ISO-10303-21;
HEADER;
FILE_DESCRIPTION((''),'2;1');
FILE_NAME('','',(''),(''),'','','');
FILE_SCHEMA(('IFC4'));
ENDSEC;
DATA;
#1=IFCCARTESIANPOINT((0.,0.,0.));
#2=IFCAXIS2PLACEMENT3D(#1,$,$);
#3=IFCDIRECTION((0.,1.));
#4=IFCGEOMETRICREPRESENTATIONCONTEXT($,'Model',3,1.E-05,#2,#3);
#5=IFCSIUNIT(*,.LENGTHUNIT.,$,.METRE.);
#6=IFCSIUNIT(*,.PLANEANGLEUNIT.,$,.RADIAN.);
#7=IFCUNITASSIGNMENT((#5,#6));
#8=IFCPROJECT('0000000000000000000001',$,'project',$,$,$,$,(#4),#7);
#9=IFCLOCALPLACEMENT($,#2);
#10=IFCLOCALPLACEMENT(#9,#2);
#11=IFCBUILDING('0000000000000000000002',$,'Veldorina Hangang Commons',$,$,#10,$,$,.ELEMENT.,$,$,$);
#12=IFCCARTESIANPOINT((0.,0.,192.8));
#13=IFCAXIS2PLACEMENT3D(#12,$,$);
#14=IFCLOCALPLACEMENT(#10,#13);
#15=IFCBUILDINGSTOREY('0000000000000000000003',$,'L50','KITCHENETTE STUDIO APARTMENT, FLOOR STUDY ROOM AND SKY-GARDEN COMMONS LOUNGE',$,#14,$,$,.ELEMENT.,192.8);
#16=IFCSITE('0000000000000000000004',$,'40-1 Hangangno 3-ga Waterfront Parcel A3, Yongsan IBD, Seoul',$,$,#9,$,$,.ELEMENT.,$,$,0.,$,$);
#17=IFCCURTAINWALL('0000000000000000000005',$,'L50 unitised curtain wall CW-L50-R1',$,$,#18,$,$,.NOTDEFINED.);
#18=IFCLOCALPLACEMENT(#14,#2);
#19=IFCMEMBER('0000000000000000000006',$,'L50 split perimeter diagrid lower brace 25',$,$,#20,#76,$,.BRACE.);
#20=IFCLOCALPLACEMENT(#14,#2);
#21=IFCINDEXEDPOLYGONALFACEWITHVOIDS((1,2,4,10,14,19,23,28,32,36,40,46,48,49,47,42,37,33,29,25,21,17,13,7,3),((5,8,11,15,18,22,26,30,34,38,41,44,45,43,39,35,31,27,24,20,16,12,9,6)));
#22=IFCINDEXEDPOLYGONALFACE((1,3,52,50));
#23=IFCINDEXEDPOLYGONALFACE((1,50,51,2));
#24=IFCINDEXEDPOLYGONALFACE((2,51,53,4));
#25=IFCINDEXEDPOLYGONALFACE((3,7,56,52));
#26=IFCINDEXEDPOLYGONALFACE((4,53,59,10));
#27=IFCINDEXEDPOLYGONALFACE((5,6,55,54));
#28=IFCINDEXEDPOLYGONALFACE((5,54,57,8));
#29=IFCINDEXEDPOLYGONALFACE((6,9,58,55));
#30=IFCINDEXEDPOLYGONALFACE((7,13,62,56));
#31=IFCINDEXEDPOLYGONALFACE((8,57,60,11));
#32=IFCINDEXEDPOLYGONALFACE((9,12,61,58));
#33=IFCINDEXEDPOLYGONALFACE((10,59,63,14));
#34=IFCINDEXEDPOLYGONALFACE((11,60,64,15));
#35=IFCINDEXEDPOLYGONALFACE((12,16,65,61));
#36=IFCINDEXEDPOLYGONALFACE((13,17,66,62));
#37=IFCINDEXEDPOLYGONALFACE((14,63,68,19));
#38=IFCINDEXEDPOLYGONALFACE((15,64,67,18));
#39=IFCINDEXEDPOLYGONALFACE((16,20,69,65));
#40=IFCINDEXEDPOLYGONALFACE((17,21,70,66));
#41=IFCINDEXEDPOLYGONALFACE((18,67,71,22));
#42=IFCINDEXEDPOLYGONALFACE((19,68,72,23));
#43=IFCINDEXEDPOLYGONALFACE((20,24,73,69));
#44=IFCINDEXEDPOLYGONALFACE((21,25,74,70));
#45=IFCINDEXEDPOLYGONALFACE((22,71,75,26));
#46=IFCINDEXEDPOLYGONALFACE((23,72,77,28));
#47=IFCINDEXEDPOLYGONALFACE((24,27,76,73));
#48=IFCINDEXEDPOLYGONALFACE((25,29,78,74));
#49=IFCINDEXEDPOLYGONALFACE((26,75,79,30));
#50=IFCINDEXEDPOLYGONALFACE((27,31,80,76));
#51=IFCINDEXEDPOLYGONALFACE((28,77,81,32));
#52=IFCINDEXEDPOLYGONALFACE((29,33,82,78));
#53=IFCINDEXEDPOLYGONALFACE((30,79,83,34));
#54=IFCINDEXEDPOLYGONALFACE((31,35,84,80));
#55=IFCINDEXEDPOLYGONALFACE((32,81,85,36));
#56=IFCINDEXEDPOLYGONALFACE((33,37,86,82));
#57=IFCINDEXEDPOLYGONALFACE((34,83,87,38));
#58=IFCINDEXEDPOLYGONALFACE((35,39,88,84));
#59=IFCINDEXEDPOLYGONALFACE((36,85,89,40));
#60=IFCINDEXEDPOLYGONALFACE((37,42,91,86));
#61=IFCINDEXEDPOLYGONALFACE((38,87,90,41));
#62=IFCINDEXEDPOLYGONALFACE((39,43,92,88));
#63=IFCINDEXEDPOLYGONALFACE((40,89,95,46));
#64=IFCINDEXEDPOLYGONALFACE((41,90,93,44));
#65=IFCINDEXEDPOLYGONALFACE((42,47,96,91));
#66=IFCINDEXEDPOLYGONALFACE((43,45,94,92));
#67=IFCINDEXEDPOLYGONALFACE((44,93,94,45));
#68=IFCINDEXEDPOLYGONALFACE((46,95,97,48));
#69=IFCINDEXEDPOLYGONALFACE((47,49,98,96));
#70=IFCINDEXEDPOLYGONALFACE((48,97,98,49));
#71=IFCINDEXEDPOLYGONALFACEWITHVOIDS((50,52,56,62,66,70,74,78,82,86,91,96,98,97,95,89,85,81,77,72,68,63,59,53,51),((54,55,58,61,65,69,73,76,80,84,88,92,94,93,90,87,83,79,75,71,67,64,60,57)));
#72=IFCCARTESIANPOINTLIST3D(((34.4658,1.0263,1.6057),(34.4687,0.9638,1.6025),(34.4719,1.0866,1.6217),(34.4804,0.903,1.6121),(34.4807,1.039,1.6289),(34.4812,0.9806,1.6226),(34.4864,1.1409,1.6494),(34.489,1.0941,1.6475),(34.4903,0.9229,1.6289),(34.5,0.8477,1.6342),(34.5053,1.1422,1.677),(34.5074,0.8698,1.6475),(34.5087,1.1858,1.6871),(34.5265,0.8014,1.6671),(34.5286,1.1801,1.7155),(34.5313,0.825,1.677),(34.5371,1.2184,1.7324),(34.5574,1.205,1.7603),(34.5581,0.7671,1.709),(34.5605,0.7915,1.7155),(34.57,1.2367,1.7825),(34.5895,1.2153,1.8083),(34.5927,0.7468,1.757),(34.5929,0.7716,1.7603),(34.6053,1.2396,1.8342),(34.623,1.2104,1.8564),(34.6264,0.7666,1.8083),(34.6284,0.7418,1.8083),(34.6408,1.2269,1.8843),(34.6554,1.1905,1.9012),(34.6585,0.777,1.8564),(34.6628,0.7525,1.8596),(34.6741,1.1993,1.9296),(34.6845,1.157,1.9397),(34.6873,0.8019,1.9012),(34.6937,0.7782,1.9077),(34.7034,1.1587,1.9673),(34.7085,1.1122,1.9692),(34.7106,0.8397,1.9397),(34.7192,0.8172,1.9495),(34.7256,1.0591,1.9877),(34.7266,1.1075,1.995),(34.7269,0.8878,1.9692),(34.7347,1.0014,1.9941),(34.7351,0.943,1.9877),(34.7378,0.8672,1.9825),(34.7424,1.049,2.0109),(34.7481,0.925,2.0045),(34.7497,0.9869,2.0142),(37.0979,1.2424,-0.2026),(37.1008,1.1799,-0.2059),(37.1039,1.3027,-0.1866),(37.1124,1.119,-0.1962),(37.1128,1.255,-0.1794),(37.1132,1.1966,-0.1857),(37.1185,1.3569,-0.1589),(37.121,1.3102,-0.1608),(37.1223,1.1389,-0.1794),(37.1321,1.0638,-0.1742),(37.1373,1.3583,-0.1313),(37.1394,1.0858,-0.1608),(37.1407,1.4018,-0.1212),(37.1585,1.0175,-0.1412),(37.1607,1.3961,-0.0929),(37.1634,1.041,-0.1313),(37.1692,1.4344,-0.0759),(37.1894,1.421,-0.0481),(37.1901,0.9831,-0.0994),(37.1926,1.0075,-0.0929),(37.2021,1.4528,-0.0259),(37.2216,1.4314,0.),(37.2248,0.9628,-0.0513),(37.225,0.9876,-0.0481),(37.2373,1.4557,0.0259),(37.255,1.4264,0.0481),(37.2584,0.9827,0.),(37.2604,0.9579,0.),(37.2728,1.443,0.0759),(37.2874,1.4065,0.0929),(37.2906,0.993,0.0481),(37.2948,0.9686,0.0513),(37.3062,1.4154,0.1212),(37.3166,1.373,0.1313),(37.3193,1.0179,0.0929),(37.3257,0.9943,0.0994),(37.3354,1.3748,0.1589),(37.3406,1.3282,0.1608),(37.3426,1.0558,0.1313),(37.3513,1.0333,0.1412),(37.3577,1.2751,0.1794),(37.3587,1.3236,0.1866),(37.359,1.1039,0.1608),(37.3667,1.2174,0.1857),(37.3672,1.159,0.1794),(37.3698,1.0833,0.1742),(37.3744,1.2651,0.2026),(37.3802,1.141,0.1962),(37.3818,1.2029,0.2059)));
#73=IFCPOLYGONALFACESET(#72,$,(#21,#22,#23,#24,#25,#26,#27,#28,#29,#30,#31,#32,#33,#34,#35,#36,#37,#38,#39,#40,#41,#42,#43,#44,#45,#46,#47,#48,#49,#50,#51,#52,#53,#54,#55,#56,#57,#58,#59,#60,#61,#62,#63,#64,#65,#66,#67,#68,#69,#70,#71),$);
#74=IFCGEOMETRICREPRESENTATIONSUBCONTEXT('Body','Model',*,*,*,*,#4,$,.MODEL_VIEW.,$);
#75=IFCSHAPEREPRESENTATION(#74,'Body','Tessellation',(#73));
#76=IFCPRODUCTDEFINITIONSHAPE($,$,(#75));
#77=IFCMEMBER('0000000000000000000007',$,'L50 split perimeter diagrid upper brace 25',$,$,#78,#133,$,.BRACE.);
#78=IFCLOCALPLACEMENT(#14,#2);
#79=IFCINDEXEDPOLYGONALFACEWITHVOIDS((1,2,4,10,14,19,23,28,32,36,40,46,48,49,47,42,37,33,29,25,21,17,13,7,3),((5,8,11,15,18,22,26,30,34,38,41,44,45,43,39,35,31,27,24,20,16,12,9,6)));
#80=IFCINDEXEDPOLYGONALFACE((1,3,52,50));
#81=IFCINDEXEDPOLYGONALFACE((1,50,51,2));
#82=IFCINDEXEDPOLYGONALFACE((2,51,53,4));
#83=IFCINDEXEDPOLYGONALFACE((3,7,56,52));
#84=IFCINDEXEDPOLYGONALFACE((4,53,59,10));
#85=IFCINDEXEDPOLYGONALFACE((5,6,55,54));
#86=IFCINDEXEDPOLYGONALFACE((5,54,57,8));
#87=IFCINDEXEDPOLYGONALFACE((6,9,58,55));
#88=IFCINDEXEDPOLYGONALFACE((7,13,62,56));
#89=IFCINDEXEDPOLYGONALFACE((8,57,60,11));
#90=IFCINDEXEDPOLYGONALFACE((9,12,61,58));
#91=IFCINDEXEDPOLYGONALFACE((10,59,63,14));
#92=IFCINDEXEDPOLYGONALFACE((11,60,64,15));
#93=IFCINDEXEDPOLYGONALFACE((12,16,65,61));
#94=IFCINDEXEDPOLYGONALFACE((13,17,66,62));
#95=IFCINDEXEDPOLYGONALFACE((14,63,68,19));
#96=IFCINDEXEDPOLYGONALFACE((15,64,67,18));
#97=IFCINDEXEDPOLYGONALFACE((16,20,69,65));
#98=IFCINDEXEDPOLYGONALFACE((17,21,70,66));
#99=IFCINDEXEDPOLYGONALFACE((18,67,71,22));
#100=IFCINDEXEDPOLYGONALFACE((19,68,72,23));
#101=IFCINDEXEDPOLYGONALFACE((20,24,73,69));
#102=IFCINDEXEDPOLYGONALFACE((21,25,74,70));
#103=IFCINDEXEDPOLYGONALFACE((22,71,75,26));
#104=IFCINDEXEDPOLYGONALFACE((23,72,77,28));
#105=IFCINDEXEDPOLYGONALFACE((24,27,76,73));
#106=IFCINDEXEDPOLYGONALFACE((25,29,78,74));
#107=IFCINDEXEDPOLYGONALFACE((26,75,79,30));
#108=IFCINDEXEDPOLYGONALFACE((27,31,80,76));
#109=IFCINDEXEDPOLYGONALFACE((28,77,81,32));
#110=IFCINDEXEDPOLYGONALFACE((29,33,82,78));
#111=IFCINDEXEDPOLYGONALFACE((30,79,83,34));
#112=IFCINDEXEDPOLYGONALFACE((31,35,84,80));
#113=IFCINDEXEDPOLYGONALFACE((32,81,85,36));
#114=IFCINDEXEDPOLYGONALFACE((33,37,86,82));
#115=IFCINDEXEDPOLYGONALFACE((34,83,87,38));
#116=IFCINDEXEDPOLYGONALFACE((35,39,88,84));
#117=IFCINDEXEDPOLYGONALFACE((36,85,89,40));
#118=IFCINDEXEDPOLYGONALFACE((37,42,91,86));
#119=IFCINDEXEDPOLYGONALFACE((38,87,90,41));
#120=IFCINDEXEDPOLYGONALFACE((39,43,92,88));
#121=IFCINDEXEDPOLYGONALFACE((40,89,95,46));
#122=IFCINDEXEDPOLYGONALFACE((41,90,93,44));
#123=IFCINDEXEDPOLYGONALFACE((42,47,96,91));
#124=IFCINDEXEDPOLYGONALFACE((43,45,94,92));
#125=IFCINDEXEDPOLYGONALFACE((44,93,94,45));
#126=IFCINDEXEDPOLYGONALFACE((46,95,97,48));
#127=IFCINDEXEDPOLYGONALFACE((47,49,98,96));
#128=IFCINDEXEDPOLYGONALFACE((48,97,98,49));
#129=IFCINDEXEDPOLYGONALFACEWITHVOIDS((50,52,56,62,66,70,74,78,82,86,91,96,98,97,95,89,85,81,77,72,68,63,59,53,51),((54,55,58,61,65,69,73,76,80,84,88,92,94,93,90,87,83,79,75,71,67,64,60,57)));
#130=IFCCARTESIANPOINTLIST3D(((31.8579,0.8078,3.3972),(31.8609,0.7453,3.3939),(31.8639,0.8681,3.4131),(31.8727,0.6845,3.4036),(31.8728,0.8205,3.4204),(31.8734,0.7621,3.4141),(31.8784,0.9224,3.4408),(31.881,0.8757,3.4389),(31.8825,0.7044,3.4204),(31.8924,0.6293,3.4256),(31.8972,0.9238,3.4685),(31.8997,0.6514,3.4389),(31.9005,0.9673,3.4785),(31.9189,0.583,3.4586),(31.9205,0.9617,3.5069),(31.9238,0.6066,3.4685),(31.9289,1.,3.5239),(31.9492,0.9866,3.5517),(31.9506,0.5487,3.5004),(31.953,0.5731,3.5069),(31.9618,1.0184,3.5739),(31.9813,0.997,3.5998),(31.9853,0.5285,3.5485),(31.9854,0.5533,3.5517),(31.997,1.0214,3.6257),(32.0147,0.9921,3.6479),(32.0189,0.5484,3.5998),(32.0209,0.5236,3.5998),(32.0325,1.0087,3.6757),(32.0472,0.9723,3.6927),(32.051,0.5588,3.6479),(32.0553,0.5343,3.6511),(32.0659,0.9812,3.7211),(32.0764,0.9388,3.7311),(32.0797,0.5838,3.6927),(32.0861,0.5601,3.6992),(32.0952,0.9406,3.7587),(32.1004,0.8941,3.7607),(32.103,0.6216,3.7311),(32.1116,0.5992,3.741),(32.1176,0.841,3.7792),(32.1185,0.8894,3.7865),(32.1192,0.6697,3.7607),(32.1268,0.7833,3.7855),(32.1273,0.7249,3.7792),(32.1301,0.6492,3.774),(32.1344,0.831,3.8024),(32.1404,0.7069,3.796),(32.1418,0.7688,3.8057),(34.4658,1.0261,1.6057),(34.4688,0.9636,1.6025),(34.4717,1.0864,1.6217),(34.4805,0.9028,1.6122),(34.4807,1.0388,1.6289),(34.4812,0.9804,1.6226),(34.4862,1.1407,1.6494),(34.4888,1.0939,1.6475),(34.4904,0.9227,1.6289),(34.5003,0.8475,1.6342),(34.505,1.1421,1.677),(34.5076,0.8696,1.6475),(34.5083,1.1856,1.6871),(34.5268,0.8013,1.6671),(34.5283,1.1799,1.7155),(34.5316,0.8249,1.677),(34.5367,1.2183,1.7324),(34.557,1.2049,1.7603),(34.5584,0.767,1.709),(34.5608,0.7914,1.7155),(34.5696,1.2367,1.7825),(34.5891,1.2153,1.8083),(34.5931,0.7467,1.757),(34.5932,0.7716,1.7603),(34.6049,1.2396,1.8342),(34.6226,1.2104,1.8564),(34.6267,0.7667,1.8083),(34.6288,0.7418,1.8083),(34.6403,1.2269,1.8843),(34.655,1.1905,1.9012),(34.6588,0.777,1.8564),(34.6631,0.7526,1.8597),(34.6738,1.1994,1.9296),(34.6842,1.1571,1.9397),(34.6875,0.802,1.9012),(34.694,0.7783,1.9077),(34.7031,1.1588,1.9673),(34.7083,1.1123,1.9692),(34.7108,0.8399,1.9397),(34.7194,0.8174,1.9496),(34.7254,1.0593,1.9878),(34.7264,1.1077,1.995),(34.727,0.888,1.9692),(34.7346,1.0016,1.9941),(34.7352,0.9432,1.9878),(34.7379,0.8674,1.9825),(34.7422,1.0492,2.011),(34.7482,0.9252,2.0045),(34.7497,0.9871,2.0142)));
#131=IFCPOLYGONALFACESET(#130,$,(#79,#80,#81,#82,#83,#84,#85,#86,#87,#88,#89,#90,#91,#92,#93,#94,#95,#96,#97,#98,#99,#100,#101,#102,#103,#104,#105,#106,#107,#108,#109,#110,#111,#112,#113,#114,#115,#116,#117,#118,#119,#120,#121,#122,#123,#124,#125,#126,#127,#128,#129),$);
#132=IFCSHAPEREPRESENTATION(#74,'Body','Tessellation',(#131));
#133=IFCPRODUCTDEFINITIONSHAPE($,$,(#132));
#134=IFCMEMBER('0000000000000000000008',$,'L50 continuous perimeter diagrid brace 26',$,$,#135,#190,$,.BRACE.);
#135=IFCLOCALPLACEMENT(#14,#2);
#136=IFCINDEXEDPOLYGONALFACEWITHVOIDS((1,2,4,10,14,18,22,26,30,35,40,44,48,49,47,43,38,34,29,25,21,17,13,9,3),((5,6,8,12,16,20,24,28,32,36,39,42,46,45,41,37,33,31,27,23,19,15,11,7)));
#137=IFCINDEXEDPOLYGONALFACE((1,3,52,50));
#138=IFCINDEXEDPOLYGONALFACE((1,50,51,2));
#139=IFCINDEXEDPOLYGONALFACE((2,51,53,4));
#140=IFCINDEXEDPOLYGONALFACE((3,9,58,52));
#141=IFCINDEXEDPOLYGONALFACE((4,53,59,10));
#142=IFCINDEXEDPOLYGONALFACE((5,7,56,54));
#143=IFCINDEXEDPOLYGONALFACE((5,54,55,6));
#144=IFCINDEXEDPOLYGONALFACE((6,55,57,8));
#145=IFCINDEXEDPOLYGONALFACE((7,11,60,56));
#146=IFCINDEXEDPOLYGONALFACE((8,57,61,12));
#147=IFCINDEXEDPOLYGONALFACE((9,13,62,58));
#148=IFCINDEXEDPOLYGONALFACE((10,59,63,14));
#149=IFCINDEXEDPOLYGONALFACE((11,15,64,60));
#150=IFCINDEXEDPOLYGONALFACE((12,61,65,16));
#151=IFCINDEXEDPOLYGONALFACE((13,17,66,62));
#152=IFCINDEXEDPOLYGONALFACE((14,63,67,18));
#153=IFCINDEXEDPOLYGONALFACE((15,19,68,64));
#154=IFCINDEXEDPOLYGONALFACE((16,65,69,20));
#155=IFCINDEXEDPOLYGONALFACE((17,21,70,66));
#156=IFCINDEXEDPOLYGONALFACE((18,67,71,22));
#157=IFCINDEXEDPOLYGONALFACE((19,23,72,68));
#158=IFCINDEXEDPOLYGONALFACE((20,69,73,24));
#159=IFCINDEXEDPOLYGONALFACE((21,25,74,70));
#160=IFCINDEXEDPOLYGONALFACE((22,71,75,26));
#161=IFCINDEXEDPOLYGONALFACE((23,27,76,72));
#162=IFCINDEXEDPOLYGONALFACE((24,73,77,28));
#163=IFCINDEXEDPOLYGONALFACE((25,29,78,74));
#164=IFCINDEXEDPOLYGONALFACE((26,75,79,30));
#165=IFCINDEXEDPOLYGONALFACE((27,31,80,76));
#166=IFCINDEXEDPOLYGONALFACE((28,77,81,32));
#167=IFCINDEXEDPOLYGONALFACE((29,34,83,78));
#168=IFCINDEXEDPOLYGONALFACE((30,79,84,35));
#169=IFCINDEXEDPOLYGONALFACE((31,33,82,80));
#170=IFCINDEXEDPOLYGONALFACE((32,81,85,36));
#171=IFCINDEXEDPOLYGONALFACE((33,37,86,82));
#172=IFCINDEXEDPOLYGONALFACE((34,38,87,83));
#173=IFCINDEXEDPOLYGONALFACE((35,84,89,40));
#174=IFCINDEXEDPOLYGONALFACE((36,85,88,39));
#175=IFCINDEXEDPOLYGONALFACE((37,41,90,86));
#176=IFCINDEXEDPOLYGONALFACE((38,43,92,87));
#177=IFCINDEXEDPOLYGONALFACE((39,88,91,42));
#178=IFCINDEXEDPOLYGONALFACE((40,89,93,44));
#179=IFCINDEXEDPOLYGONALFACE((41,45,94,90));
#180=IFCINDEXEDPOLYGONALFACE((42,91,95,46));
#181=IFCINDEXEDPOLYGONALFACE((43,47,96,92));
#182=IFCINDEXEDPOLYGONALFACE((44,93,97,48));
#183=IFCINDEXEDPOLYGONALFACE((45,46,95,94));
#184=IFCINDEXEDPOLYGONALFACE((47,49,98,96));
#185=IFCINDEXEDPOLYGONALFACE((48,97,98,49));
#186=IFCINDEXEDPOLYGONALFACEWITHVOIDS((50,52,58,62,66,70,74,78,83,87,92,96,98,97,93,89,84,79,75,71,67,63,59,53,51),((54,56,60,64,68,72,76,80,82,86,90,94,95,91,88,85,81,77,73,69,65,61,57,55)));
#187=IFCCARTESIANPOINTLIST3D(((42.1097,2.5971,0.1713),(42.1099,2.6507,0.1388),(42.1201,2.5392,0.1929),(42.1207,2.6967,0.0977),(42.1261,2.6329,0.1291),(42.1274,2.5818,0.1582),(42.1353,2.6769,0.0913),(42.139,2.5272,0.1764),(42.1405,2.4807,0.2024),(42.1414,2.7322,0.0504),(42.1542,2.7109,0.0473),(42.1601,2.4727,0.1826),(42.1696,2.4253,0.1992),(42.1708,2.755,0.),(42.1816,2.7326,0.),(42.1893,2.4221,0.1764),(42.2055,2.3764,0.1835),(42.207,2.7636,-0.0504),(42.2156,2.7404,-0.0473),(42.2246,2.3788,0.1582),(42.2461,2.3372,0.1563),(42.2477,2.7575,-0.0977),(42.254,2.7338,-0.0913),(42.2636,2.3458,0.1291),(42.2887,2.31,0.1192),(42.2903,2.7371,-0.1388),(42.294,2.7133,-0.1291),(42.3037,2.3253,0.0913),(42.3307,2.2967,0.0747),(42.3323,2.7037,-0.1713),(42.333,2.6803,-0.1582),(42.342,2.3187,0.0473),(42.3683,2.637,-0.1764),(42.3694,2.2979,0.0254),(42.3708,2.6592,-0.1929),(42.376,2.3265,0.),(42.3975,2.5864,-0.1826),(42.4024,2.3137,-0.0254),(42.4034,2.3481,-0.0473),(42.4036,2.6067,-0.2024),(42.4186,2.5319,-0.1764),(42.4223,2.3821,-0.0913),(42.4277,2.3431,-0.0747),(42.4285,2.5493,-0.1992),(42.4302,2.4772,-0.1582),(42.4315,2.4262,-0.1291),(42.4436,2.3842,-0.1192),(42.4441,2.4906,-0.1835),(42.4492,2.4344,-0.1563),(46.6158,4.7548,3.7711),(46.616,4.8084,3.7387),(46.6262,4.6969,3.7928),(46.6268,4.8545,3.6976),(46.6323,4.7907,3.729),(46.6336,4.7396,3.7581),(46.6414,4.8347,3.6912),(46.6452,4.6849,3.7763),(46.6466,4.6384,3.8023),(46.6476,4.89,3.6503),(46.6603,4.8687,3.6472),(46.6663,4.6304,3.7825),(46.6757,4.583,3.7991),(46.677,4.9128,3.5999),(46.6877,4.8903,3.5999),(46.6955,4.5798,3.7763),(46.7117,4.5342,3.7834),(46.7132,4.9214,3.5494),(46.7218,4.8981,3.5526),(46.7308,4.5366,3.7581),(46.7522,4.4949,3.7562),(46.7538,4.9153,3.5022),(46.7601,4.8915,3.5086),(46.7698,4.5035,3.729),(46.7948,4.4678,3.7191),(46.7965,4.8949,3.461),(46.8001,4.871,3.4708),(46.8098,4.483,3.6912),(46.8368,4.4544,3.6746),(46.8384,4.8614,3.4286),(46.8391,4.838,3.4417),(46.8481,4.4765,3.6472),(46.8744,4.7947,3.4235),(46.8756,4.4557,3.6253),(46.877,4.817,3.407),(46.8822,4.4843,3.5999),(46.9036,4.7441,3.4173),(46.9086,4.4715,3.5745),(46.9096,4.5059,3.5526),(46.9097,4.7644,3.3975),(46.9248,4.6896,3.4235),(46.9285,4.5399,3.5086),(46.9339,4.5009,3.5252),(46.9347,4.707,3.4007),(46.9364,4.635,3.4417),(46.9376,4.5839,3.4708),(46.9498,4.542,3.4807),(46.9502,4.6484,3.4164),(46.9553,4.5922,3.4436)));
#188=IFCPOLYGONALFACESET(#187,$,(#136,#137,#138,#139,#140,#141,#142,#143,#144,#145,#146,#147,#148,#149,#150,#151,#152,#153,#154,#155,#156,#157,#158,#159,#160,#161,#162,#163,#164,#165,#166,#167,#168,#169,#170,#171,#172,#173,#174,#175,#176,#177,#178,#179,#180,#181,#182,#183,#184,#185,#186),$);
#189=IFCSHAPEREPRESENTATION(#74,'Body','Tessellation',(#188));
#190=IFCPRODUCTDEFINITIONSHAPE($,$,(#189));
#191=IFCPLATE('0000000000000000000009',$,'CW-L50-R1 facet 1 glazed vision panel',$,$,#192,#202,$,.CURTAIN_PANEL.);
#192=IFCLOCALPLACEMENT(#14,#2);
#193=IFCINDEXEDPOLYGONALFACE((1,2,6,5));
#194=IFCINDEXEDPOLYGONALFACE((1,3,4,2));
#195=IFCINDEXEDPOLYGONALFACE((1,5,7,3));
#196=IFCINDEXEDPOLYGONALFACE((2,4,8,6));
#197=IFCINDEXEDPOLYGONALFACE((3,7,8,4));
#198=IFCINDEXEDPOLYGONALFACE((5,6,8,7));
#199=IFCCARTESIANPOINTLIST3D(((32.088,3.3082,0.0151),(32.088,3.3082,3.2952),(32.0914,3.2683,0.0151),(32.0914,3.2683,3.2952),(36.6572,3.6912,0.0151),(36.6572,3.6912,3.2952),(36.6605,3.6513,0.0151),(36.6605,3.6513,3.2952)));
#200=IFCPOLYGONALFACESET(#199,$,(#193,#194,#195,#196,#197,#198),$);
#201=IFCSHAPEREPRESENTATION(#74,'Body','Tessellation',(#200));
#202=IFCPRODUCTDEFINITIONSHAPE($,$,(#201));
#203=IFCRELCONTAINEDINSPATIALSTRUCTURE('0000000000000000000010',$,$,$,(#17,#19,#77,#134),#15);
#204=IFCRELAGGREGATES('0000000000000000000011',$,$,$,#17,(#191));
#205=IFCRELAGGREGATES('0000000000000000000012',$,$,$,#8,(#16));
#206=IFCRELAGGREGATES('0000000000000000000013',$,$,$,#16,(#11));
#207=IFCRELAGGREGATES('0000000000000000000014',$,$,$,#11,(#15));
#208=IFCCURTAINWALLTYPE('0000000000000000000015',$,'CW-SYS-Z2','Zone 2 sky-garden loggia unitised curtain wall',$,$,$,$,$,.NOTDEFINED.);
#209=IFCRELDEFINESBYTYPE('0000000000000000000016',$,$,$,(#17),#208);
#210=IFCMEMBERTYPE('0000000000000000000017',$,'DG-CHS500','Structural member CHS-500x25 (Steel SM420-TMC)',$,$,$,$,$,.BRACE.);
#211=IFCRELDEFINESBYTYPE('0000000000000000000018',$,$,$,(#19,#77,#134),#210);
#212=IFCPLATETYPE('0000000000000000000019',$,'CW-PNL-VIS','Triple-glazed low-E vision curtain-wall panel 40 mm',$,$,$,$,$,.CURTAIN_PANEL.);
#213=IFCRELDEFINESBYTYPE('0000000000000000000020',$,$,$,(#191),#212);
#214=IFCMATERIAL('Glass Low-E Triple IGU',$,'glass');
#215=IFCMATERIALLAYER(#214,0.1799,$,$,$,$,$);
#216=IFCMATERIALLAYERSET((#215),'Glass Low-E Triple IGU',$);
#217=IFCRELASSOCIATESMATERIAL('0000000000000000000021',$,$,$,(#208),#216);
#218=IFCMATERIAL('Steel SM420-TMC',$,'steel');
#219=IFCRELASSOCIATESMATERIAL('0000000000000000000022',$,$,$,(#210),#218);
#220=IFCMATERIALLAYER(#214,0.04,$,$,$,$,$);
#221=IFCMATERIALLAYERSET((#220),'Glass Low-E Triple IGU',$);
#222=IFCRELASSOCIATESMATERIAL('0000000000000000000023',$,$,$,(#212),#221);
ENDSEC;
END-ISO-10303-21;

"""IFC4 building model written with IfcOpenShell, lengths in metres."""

from ifc_helpers import new_model, si_unit, direction, frame, origin, origin_2d, place, context, subcontext, project, spatial, rectangle, hollow_circle, extrude, material, layer, layer_set, material_profile, profile_set, type_object, element, aggregate, save


model = new_model("IFC4")

# Units and contexts
model_context = context("Model", 3, precision=1e-05, world=origin(), true_north=direction((0.0, 1.0)))
body_context = subcontext(model_context, "Body", "Model", "MODEL_VIEW")
ifc_project = project(units=[si_unit("LENGTHUNIT", "METRE"), si_unit("PLANEANGLEUNIT", "RADIAN")], contexts=[model_context])

# Site, building, storey
site_placement = place(None, origin())
site = spatial("IfcSite", under=ifc_project, at=site_placement, Name="40-1 Hangangno 3-ga Waterfront Parcel A3, Yongsan IBD, Seoul", CompositionType="ELEMENT", RefElevation=0.0)
building_placement = place(site_placement, origin())
building = spatial("IfcBuilding", under=site, at=building_placement, Name="Veldorina Hangang Commons", CompositionType="ELEMENT")
storey_placement = place(building_placement, frame((0.0, 0.0, 192.8)))
storey = spatial("IfcBuildingStorey", under=building, at=storey_placement, Name="L50", Description="KITCHENETTE STUDIO APARTMENT, FLOOR STUDY ROOM AND SKY-GARDEN COMMONS LOUNGE", CompositionType="ELEMENT", Elevation=192.8)

# Shared definitions
ifc_material_1 = material(Name="Steel SM420-TMC", Category="steel")

# Curtain wall
ifc_material_2 = material(Name="Glass Low-E Triple IGU", Category="glass")
ifc_layer_1 = layer(ifc_material_2, 0.1799)
ifc_layer_set_1 = layer_set([ifc_layer_1], Name="Glass Low-E Triple IGU")
curtain_wall_type = type_object("IfcCurtainWallType", Name="CW-SYS-Z2", Description="Zone 2 sky-garden loggia unitised curtain wall", PredefinedType="NOTDEFINED", material=ifc_layer_set_1)
curtain_wall_placement = place(storey_placement, origin())
curtain_wall = element("IfcCurtainWall", 1, at=curtain_wall_placement, inside=storey, type_object=curtain_wall_type, Name="L50 unitised curtain wall CW-L50-R1", PredefinedType="NOTDEFINED")

# Members
ifc_material_profile_1 = material_profile(ifc_material_1, hollow_circle(Radius=0.25, WallThickness=0.0249, at=origin_2d()), Name="CHS-500x25")
ifc_profile_set_1 = profile_set([ifc_material_profile_1], Name="Steel SM420-TMC")
member_type_1 = type_object("IfcMemberType", Name="DG-CHS500", Description="Structural member CHS-500x25 (Steel SM420-TMC)", PredefinedType="BRACE", material=ifc_profile_set_1)
member_1_placement = place(storey_placement, frame((37.24, 1.207, 0.0), z_axis=(-0.822338, -0.067505, 0.564981), x_axis=(0.081814, -0.996648, 0.0)))
element("IfcMember", 2, at=member_1_placement, inside=storey, type_object=member_type_1, Name="L50 split perimeter diagrid lower brace 25", PredefinedType="BRACE", context=body_context, shape_type="SweptSolid", body=[
    extrude(hollow_circle(Radius=0.25, WallThickness=0.0249, at=origin_2d()), origin(), (0.0, 0.0, 1.0), 3.2007),
])
member_2_placement = place(storey_placement, frame((34.6079, 0.991, 1.8083), z_axis=(-0.822299, -0.06882, 0.564878), x_axis=(0.083401, -0.996516, 0.0)))
element("IfcMember", 3, at=member_2_placement, inside=storey, type_object=member_type_1, Name="L50 split perimeter diagrid upper brace 25", PredefinedType="BRACE", context=body_context, shape_type="SweptSolid", body=[
    extrude(hollow_circle(Radius=0.25, WallThickness=0.0249, at=origin_2d()), origin(), (0.0, 0.0, 1.0), 3.1714),
])
member_3_placement = place(storey_placement, frame((42.2788, 2.5295, 0.0), z_axis=(0.731761, 0.350398, 0.584592), x_axis=(-0.431883, 0.90193, 0.0)))
element("IfcMember", 4, at=member_3_placement, inside=storey, type_object=member_type_1, Name="L50 continuous perimeter diagrid brace 26", PredefinedType="BRACE", context=body_context, shape_type="SweptSolid", body=[
    extrude(hollow_circle(Radius=0.25, WallThickness=0.0249, at=origin_2d()), origin(), (0.0, 0.0, 1.0), 6.158),
])

# Plate
ifc_layer_2 = layer(ifc_material_2, 0.04)
ifc_layer_set_2 = layer_set([ifc_layer_2], Name="Glass Low-E Triple IGU")
plate_type_1 = type_object("IfcPlateType", Name="CW-PNL-VIS", Description="Triple-glazed low-E vision curtain-wall panel 40 mm", PredefinedType="CURTAIN_PANEL", material=ifc_layer_set_2)
plate_1_placement = place(storey_placement, frame((34.3743, 3.4797, 0.0151), z_axis=(0.0, 0.0, 1.0), x_axis=(0.996505, 0.083539, 0.0)))
plate_1 = element("IfcPlate", 5, at=plate_1_placement, type_object=plate_type_1, Name="CW-L50-R1 facet 1 glazed vision panel", PredefinedType="CURTAIN_PANEL", context=body_context, shape_type="SweptSolid", body=[
    extrude(rectangle(XDim=4.5852, YDim=0.04, at=origin_2d()), origin(), (0.0, 0.0, 1.0), 3.28),
])
aggregate(curtain_wall, [plate_1])

save(model, "model.ifc")
